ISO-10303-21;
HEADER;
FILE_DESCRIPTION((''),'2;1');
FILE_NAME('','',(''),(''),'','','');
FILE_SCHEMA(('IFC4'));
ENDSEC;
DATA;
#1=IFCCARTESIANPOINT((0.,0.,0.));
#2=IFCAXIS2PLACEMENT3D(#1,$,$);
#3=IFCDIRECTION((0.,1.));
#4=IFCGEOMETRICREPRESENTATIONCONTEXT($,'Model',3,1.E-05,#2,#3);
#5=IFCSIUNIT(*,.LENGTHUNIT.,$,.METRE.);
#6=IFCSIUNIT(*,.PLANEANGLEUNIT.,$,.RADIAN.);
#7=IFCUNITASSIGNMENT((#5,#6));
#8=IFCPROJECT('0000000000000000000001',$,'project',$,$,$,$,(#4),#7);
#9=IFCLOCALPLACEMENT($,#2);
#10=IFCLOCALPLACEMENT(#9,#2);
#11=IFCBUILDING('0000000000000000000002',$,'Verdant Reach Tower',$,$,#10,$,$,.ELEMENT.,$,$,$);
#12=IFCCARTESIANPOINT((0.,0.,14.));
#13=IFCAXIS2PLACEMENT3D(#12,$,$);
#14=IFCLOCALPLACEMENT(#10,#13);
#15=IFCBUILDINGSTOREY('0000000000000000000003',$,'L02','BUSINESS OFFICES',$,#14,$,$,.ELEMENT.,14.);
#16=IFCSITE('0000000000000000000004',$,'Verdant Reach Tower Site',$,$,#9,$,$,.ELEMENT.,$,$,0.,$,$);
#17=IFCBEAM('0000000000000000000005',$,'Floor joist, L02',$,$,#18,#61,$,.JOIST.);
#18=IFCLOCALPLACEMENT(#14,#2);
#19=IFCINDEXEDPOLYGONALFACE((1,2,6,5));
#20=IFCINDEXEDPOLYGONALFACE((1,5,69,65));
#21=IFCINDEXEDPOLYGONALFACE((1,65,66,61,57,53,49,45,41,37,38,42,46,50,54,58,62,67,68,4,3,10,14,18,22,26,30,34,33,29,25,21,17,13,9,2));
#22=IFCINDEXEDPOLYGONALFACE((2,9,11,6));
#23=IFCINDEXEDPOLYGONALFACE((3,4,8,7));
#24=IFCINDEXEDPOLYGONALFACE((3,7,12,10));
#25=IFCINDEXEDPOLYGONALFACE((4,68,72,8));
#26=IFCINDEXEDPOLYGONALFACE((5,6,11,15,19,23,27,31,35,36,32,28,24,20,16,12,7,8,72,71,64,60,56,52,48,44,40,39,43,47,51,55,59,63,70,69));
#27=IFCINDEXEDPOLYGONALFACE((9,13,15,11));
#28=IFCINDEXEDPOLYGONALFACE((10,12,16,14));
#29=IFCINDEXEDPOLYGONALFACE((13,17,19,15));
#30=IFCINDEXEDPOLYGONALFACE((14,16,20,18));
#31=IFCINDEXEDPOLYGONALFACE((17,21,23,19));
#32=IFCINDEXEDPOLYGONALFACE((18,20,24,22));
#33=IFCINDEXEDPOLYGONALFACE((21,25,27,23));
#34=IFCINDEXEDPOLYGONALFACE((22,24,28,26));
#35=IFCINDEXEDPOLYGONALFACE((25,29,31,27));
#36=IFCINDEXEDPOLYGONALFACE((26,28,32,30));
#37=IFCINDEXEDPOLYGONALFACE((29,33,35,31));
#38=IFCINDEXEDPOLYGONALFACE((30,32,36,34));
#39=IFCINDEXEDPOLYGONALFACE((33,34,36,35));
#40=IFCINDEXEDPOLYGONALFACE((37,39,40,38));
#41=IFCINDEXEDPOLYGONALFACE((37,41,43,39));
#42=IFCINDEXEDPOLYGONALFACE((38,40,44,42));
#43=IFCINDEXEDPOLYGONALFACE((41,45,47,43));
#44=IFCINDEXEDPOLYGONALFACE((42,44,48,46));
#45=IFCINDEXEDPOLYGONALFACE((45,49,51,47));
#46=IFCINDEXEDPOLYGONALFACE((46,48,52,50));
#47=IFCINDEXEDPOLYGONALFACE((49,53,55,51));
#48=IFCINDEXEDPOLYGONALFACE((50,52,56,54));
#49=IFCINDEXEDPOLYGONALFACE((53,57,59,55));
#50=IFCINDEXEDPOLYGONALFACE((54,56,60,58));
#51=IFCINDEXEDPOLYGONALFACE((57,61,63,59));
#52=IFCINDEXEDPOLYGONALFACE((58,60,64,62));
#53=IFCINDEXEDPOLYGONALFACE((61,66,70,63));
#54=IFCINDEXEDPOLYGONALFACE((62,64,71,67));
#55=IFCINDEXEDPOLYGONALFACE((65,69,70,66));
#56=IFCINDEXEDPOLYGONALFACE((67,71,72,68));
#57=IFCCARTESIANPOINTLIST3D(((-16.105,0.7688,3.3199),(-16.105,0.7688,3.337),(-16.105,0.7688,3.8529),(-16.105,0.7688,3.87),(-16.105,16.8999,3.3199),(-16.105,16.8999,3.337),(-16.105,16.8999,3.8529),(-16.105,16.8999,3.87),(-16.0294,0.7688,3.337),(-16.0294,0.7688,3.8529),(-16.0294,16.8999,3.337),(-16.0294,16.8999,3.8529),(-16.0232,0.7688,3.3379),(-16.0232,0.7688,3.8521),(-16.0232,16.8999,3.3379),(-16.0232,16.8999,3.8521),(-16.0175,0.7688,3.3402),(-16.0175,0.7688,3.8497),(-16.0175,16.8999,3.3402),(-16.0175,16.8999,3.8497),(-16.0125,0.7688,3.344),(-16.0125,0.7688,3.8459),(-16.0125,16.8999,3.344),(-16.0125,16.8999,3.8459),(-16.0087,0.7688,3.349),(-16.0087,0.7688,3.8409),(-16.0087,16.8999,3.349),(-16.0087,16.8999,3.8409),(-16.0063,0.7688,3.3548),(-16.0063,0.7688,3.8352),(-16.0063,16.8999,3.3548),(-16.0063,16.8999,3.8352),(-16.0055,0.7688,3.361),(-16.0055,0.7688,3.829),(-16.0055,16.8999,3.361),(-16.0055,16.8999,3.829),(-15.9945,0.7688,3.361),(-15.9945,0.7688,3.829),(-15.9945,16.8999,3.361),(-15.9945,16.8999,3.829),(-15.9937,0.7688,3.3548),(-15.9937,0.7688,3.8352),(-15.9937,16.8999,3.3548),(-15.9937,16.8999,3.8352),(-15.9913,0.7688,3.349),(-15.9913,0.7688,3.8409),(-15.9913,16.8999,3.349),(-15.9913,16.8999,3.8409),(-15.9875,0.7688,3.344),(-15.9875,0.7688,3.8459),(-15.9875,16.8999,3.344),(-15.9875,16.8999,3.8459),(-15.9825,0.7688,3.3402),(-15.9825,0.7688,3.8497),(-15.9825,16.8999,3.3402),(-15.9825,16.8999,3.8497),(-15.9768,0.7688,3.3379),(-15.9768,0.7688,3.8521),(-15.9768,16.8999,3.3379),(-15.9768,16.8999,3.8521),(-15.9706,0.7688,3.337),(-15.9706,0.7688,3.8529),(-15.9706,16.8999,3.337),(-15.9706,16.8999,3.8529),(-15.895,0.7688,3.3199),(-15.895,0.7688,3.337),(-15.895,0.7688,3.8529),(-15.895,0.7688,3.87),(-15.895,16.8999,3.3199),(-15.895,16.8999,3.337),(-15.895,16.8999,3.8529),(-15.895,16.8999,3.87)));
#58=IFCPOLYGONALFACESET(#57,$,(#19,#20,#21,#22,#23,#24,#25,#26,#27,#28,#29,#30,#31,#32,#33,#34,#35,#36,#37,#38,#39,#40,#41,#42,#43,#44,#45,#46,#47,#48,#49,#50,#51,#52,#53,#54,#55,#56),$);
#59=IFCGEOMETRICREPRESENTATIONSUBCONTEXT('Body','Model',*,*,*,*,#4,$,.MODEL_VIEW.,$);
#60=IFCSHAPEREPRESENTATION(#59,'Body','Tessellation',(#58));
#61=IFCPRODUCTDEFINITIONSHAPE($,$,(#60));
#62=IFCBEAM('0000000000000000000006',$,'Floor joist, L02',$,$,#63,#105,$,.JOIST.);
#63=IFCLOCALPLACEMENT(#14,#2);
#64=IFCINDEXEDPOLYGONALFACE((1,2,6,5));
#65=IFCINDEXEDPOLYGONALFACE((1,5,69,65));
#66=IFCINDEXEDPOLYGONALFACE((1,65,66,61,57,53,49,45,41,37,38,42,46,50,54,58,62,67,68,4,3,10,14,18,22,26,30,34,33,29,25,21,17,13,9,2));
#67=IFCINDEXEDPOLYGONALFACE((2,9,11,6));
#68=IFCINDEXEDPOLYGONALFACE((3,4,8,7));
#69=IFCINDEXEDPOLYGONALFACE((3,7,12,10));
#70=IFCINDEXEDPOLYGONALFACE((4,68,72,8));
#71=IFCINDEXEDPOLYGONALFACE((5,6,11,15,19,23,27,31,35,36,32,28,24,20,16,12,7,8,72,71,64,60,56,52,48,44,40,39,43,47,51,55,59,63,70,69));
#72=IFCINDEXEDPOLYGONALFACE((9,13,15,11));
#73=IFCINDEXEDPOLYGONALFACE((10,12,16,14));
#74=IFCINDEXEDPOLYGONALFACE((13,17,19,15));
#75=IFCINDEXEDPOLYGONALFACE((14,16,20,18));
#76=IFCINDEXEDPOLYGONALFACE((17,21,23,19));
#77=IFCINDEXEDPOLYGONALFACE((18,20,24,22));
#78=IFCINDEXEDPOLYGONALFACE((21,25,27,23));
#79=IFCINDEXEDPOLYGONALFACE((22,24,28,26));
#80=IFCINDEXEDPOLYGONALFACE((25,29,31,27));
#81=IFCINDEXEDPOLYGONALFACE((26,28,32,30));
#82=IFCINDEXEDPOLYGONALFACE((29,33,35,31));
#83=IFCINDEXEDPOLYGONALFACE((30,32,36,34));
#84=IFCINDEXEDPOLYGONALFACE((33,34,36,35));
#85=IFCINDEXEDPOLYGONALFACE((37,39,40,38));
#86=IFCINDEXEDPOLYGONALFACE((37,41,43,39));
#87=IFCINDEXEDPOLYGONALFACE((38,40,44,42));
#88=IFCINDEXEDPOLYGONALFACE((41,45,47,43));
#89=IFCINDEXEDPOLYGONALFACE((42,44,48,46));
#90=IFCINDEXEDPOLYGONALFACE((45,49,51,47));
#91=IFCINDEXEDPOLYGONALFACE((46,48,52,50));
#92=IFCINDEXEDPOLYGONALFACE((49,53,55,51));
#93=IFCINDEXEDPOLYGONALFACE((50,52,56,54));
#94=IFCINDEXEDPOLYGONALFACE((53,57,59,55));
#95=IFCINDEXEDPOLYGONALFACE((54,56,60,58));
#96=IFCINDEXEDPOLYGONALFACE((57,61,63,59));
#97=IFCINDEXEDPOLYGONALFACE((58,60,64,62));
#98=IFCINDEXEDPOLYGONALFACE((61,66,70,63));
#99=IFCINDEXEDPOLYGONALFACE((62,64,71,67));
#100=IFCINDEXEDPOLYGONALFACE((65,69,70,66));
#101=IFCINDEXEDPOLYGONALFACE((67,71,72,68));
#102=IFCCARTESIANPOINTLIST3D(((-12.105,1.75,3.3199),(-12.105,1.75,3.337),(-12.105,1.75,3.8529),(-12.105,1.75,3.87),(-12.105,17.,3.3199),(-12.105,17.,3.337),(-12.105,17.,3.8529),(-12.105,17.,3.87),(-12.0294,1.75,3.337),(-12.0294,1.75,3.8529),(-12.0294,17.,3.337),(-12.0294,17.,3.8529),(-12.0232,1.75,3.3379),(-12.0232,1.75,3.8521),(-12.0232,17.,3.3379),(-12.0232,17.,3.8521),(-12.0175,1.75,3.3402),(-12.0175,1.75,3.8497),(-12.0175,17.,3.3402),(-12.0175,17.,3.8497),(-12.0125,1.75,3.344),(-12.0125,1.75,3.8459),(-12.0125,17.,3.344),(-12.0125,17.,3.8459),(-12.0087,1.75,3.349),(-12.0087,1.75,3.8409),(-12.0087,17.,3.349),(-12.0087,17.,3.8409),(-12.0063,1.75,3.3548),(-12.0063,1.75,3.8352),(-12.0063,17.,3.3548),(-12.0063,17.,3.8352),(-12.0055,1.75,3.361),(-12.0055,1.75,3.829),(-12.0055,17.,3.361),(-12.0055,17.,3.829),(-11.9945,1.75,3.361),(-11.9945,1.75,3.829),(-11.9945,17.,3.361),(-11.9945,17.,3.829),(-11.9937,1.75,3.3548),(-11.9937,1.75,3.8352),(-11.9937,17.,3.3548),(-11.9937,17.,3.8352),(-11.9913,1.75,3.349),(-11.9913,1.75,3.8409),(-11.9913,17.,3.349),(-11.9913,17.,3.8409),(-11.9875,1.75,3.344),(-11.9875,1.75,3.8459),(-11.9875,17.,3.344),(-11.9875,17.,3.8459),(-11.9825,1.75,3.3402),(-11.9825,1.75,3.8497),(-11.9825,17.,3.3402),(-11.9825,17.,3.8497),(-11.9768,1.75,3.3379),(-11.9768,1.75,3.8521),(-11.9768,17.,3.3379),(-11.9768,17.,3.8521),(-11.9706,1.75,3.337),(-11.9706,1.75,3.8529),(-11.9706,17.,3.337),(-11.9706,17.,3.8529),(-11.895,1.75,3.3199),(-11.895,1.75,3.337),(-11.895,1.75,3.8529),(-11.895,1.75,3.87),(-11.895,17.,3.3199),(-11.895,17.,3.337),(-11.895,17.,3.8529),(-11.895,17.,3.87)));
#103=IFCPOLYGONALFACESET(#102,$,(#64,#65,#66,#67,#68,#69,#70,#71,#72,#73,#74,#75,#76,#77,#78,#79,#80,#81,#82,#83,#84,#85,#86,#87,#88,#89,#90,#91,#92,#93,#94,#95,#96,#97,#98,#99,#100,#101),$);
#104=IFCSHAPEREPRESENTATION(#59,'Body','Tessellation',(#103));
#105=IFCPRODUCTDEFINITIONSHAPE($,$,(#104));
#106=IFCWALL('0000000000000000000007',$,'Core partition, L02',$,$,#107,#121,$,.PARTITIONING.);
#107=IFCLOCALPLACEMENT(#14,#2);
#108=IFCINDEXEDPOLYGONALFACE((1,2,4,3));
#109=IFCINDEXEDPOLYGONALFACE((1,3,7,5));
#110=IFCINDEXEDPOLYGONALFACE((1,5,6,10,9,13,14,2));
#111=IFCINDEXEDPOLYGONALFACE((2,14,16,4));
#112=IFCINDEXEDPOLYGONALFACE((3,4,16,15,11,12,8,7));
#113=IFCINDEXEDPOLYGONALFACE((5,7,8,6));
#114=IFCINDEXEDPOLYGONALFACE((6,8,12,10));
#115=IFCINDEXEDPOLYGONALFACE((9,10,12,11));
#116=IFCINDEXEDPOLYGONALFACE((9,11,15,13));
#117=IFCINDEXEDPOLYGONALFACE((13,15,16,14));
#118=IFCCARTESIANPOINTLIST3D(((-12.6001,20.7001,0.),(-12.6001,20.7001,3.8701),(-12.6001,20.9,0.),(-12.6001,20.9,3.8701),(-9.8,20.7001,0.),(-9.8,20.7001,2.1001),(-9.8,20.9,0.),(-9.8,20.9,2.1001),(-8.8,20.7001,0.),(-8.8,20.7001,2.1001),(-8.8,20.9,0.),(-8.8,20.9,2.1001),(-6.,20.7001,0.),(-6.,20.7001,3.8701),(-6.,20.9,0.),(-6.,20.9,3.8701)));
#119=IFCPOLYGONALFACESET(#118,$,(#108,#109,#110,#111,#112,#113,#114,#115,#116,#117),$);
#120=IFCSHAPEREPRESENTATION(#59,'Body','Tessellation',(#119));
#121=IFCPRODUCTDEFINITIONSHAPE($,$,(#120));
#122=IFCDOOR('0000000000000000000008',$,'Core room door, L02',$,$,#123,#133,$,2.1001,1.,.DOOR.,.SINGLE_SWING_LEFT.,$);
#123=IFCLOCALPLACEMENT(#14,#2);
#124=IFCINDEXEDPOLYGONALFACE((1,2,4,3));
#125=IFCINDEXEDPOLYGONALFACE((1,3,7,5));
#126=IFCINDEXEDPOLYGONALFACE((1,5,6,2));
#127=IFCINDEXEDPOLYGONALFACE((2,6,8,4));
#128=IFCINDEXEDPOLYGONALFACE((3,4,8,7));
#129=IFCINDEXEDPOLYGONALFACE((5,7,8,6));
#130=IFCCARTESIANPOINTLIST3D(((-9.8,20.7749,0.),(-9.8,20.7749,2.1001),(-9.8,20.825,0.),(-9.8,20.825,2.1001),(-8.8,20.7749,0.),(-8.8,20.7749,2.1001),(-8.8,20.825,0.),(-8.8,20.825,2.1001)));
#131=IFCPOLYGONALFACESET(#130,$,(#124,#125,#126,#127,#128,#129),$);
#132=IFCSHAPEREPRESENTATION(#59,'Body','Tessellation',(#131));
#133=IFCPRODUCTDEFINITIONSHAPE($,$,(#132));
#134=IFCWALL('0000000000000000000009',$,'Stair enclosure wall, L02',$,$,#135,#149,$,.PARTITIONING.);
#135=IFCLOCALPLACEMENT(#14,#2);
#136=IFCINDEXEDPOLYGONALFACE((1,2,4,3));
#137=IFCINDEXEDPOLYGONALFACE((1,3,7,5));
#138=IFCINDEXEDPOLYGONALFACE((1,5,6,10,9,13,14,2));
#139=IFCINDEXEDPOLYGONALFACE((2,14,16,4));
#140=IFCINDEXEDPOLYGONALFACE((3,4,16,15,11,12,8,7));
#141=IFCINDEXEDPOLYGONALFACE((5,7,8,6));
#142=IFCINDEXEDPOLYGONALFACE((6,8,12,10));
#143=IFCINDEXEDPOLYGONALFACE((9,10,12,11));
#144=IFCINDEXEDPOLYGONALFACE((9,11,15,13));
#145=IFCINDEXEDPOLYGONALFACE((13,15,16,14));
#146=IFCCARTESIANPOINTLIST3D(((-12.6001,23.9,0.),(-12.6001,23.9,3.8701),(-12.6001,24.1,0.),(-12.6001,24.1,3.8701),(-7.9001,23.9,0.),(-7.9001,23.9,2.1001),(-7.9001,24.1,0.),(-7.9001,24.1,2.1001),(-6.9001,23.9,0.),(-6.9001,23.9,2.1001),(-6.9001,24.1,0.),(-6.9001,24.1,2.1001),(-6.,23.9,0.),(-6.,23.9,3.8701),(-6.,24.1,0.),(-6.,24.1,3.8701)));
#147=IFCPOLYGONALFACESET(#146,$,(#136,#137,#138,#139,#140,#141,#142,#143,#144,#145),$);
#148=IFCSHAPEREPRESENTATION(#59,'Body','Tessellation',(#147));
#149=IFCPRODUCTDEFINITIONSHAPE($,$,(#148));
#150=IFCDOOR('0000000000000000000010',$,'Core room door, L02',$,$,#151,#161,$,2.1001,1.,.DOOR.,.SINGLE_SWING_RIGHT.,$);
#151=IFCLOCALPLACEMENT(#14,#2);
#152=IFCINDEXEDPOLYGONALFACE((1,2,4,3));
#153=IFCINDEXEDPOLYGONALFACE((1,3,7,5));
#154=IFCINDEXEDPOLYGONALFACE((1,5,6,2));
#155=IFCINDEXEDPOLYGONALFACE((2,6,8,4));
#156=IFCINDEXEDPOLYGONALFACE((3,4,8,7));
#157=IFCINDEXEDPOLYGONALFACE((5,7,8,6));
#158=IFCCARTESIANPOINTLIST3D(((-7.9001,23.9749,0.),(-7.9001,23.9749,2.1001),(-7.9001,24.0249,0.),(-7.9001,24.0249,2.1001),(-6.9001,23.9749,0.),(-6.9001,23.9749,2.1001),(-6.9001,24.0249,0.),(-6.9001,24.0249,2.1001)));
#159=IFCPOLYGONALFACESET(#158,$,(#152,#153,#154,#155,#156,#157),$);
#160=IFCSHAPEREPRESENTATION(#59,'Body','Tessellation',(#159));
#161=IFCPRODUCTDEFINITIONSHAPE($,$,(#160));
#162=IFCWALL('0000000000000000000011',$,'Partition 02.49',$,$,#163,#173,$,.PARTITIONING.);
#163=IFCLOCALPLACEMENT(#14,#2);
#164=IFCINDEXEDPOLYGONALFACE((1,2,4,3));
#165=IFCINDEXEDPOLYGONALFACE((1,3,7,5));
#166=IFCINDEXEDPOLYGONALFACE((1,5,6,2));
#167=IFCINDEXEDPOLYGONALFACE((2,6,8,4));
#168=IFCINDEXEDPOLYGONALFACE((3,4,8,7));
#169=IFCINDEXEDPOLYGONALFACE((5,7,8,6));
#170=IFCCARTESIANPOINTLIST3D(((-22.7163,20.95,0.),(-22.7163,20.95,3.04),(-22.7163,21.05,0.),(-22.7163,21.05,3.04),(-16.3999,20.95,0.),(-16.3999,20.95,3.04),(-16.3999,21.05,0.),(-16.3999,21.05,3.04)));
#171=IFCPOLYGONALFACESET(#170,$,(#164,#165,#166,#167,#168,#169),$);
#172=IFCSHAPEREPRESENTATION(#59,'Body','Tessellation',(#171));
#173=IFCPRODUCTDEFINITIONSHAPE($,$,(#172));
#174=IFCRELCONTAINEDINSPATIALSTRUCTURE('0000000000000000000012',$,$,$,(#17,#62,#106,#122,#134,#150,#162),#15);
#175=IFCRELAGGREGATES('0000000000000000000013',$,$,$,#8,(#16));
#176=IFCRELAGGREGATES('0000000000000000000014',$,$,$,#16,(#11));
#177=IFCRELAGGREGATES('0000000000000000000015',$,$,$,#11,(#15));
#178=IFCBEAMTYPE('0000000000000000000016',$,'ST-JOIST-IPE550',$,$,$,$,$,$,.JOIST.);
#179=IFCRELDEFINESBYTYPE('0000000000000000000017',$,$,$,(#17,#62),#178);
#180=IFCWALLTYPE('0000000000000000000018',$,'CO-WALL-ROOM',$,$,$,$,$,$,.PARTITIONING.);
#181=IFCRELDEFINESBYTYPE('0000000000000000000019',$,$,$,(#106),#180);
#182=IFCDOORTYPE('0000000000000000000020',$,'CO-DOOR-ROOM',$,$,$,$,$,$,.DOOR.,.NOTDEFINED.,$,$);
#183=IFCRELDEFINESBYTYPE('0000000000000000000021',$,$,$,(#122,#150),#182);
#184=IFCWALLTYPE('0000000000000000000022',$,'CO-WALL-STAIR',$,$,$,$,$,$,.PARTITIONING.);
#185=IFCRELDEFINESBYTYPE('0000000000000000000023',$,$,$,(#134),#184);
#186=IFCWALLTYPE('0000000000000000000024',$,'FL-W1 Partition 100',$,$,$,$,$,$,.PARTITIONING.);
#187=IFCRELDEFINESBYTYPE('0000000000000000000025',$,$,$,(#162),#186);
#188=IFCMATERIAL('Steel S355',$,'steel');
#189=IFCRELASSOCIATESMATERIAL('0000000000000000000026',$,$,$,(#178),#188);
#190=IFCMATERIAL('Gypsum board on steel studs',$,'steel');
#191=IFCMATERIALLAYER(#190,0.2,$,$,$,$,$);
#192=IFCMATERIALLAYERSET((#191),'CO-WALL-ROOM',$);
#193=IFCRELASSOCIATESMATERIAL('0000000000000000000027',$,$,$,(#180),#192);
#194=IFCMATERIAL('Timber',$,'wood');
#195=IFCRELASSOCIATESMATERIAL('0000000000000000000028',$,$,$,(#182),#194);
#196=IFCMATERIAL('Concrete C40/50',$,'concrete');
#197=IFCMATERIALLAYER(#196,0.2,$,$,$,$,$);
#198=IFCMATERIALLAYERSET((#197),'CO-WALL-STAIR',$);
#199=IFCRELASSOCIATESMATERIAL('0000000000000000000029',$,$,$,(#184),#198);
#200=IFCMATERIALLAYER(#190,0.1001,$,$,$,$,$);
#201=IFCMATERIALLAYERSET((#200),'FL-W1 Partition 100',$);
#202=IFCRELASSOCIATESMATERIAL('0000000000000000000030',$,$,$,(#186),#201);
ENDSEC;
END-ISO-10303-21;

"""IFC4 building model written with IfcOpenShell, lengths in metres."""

from ifc_helpers import new_model, si_unit, direction, frame, frame_2d, origin, origin_2d, place, context, subcontext, project, spatial, rectangle, i_section, extrude, material, layer, layer_set, material_profile, profile_set, type_object, element, fill, save


model = new_model("IFC4")

# Units and contexts
model_context = context("Model", 3, precision=1e-05, world=origin(), true_north=direction((0.0, 1.0)))
body_context = subcontext(model_context, "Body", "Model", "MODEL_VIEW")
ifc_project = project(units=[si_unit("LENGTHUNIT", "METRE"), si_unit("PLANEANGLEUNIT", "RADIAN")], contexts=[model_context])

# Site, building, storey
site_placement = place(None, origin())
site = spatial("IfcSite", under=ifc_project, at=site_placement, Name="Verdant Reach Tower Site", CompositionType="ELEMENT", RefElevation=0.0)
building_placement = place(site_placement, origin())
building = spatial("IfcBuilding", under=site, at=building_placement, Name="Verdant Reach Tower", CompositionType="ELEMENT")
storey_placement = place(building_placement, frame((0.0, 0.0, 14.0)))
storey = spatial("IfcBuildingStorey", under=building, at=storey_placement, Name="L02", Description="BUSINESS OFFICES", CompositionType="ELEMENT", Elevation=14.0)

# Beams
ifc_material_1 = material(Name="Steel S355", Category="steel")
ifc_material_profile_1 = material_profile(ifc_material_1, i_section(OverallWidth=0.21, OverallDepth=0.55, WebThickness=0.011, FlangeThickness=0.0171, FilletRadius=0.0239, at=origin_2d()), Name="IPE 550")
ifc_profile_set_1 = profile_set([ifc_material_profile_1], Name="Steel S355")
beam_type_1 = type_object("IfcBeamType", Name="ST-JOIST-IPE550", PredefinedType="JOIST", material=ifc_profile_set_1)
beam_1_placement = place(storey_placement, frame((-16.0, 16.8999, 3.595), z_axis=(0.0, -1.0, 0.0), x_axis=(1.0, 0.0, 0.0)))
element("IfcBeam", 1, at=beam_1_placement, inside=storey, type_object=beam_type_1, Name="Floor joist, L02", PredefinedType="JOIST", context=body_context, shape_type="SweptSolid", body=[
    extrude(i_section(OverallWidth=0.21, OverallDepth=0.55, WebThickness=0.011, FlangeThickness=0.0171, FilletRadius=0.0239, at=origin_2d()), origin(), (0.0, 0.0, 1.0), 16.1311),
])
beam_2_placement = place(storey_placement, frame((-12.0, 17.0, 3.595), z_axis=(0.0, -1.0, 0.0), x_axis=(1.0, 0.0, 0.0)))
element("IfcBeam", 2, at=beam_2_placement, inside=storey, type_object=beam_type_1, Name="Floor joist, L02", PredefinedType="JOIST", context=body_context, shape_type="SweptSolid", body=[
    extrude(i_section(OverallWidth=0.21, OverallDepth=0.55, WebThickness=0.011, FlangeThickness=0.0171, FilletRadius=0.0239, at=origin_2d()), origin(), (0.0, 0.0, 1.0), 15.25),
])

# Walls, openings, doors
ifc_material_2 = material(Name="Gypsum board on steel studs", Category="steel")
ifc_layer_1 = layer(ifc_material_2, 0.2)
ifc_layer_set_1 = layer_set([ifc_layer_1], Name="CO-WALL-ROOM")
wall_type_1 = type_object("IfcWallType", Name="CO-WALL-ROOM", PredefinedType="PARTITIONING", material=ifc_layer_set_1)
wall_1_placement = place(storey_placement, frame((-12.6001, 20.8, 0.0), z_axis=(0.0, 0.0, 1.0), x_axis=(1.0, 0.0, 0.0)))
wall_1 = element("IfcWall", 3, at=wall_1_placement, inside=storey, type_object=wall_type_1, Name="Core partition, L02", PredefinedType="PARTITIONING", context=body_context, shape_type="SweptSolid", body=[
    extrude(rectangle(XDim=6.6001, YDim=0.2, at=frame_2d((3.3, 0.0))), origin(), (0.0, 0.0, 1.0), 3.8701),
])
opening_1_placement = place(wall_1_placement, frame((2.8, 0.0, 0.0)))
opening_1 = element("IfcOpeningElement", 4, at=opening_1_placement, cuts=wall_1, PredefinedType="OPENING", context=body_context, shape_type="SweptSolid", body=[
    extrude(rectangle(XDim=1.0, YDim=2.1001, at=frame_2d((0.5, 1.05))), frame((0.0, 0.1099, 0.0), z_axis=(0.0, -1.0, 0.0), x_axis=(1.0, 0.0, 0.0)), (0.0, 0.0, 1.0), 0.22),
])
ifc_material_3 = material(Name="Timber", Category="wood")
door_type_1 = type_object("IfcDoorType", Name="CO-DOOR-ROOM", OperationType="NOTDEFINED", PredefinedType="DOOR", material=ifc_material_3)
door_1_placement = place(opening_1_placement, origin())
door_1 = element("IfcDoor", 5, at=door_1_placement, inside=storey, type_object=door_type_1, Name="Core room door, L02", OperationType="SINGLE_SWING_LEFT", OverallHeight=2.1001, OverallWidth=1.0, PredefinedType="DOOR", context=body_context, shape_type="SweptSolid", body=[
    extrude(rectangle(XDim=1.0, YDim=2.1001, at=frame_2d((0.5, 1.05))), frame((0.0, 0.0249, 0.0), z_axis=(0.0, -1.0, 0.0), x_axis=(1.0, 0.0, 0.0)), (0.0, 0.0, 1.0), 0.05),
])
fill(opening_1, door_1)
ifc_material_4 = material(Name="Concrete C40/50", Category="concrete")
ifc_layer_2 = layer(ifc_material_4, 0.2)
ifc_layer_set_2 = layer_set([ifc_layer_2], Name="CO-WALL-STAIR")
wall_type_2 = type_object("IfcWallType", Name="CO-WALL-STAIR", PredefinedType="PARTITIONING", material=ifc_layer_set_2)
wall_2_placement = place(storey_placement, frame((-12.6001, 24.0, 0.0), z_axis=(0.0, 0.0, 1.0), x_axis=(1.0, 0.0, 0.0)))
wall_2 = element("IfcWall", 6, at=wall_2_placement, inside=storey, type_object=wall_type_2, Name="Stair enclosure wall, L02", PredefinedType="PARTITIONING", context=body_context, shape_type="SweptSolid", body=[
    extrude(rectangle(XDim=6.6001, YDim=0.2, at=frame_2d((3.3, 0.0))), origin(), (0.0, 0.0, 1.0), 3.8701),
])
opening_2_placement = place(wall_2_placement, frame((4.7, 0.0, 0.0)))
opening_2 = element("IfcOpeningElement", 7, at=opening_2_placement, cuts=wall_2, PredefinedType="OPENING", context=body_context, shape_type="SweptSolid", body=[
    extrude(rectangle(XDim=1.0, YDim=2.1001, at=frame_2d((0.5, 1.05))), frame((0.0, 0.1099, 0.0), z_axis=(0.0, -1.0, 0.0), x_axis=(1.0, 0.0, 0.0)), (0.0, 0.0, 1.0), 0.22),
])
door_2_placement = place(opening_2_placement, origin())
door_2 = element("IfcDoor", 8, at=door_2_placement, inside=storey, type_object=door_type_1, Name="Core room door, L02", OperationType="SINGLE_SWING_RIGHT", OverallHeight=2.1001, OverallWidth=1.0, PredefinedType="DOOR", context=body_context, shape_type="SweptSolid", body=[
    extrude(rectangle(XDim=1.0, YDim=2.1001, at=frame_2d((0.5, 1.05))), frame((0.0, 0.0249, 0.0), z_axis=(0.0, -1.0, 0.0), x_axis=(1.0, 0.0, 0.0)), (0.0, 0.0, 1.0), 0.05),
])
fill(opening_2, door_2)

# Wall
ifc_layer_3 = layer(ifc_material_2, 0.1001)
ifc_layer_set_3 = layer_set([ifc_layer_3], Name="FL-W1 Partition 100")
wall_type_3 = type_object("IfcWallType", Name="FL-W1 Partition 100", PredefinedType="PARTITIONING", material=ifc_layer_set_3)
wall_3_placement = place(storey_placement, frame((-16.3999, 21.0, 0.0), z_axis=(0.0, 0.0, 1.0), x_axis=(-1.0, 0.0, 0.0)))
element("IfcWall", 9, at=wall_3_placement, inside=storey, type_object=wall_type_3, Name="Partition 02.49", PredefinedType="PARTITIONING", context=body_context, shape_type="SweptSolid", body=[
    extrude(rectangle(XDim=6.3164, YDim=0.1001, at=frame_2d((3.1582, 0.0))), origin(), (0.0, 0.0, 1.0), 3.04),
])

save(model, "model.ifc")
